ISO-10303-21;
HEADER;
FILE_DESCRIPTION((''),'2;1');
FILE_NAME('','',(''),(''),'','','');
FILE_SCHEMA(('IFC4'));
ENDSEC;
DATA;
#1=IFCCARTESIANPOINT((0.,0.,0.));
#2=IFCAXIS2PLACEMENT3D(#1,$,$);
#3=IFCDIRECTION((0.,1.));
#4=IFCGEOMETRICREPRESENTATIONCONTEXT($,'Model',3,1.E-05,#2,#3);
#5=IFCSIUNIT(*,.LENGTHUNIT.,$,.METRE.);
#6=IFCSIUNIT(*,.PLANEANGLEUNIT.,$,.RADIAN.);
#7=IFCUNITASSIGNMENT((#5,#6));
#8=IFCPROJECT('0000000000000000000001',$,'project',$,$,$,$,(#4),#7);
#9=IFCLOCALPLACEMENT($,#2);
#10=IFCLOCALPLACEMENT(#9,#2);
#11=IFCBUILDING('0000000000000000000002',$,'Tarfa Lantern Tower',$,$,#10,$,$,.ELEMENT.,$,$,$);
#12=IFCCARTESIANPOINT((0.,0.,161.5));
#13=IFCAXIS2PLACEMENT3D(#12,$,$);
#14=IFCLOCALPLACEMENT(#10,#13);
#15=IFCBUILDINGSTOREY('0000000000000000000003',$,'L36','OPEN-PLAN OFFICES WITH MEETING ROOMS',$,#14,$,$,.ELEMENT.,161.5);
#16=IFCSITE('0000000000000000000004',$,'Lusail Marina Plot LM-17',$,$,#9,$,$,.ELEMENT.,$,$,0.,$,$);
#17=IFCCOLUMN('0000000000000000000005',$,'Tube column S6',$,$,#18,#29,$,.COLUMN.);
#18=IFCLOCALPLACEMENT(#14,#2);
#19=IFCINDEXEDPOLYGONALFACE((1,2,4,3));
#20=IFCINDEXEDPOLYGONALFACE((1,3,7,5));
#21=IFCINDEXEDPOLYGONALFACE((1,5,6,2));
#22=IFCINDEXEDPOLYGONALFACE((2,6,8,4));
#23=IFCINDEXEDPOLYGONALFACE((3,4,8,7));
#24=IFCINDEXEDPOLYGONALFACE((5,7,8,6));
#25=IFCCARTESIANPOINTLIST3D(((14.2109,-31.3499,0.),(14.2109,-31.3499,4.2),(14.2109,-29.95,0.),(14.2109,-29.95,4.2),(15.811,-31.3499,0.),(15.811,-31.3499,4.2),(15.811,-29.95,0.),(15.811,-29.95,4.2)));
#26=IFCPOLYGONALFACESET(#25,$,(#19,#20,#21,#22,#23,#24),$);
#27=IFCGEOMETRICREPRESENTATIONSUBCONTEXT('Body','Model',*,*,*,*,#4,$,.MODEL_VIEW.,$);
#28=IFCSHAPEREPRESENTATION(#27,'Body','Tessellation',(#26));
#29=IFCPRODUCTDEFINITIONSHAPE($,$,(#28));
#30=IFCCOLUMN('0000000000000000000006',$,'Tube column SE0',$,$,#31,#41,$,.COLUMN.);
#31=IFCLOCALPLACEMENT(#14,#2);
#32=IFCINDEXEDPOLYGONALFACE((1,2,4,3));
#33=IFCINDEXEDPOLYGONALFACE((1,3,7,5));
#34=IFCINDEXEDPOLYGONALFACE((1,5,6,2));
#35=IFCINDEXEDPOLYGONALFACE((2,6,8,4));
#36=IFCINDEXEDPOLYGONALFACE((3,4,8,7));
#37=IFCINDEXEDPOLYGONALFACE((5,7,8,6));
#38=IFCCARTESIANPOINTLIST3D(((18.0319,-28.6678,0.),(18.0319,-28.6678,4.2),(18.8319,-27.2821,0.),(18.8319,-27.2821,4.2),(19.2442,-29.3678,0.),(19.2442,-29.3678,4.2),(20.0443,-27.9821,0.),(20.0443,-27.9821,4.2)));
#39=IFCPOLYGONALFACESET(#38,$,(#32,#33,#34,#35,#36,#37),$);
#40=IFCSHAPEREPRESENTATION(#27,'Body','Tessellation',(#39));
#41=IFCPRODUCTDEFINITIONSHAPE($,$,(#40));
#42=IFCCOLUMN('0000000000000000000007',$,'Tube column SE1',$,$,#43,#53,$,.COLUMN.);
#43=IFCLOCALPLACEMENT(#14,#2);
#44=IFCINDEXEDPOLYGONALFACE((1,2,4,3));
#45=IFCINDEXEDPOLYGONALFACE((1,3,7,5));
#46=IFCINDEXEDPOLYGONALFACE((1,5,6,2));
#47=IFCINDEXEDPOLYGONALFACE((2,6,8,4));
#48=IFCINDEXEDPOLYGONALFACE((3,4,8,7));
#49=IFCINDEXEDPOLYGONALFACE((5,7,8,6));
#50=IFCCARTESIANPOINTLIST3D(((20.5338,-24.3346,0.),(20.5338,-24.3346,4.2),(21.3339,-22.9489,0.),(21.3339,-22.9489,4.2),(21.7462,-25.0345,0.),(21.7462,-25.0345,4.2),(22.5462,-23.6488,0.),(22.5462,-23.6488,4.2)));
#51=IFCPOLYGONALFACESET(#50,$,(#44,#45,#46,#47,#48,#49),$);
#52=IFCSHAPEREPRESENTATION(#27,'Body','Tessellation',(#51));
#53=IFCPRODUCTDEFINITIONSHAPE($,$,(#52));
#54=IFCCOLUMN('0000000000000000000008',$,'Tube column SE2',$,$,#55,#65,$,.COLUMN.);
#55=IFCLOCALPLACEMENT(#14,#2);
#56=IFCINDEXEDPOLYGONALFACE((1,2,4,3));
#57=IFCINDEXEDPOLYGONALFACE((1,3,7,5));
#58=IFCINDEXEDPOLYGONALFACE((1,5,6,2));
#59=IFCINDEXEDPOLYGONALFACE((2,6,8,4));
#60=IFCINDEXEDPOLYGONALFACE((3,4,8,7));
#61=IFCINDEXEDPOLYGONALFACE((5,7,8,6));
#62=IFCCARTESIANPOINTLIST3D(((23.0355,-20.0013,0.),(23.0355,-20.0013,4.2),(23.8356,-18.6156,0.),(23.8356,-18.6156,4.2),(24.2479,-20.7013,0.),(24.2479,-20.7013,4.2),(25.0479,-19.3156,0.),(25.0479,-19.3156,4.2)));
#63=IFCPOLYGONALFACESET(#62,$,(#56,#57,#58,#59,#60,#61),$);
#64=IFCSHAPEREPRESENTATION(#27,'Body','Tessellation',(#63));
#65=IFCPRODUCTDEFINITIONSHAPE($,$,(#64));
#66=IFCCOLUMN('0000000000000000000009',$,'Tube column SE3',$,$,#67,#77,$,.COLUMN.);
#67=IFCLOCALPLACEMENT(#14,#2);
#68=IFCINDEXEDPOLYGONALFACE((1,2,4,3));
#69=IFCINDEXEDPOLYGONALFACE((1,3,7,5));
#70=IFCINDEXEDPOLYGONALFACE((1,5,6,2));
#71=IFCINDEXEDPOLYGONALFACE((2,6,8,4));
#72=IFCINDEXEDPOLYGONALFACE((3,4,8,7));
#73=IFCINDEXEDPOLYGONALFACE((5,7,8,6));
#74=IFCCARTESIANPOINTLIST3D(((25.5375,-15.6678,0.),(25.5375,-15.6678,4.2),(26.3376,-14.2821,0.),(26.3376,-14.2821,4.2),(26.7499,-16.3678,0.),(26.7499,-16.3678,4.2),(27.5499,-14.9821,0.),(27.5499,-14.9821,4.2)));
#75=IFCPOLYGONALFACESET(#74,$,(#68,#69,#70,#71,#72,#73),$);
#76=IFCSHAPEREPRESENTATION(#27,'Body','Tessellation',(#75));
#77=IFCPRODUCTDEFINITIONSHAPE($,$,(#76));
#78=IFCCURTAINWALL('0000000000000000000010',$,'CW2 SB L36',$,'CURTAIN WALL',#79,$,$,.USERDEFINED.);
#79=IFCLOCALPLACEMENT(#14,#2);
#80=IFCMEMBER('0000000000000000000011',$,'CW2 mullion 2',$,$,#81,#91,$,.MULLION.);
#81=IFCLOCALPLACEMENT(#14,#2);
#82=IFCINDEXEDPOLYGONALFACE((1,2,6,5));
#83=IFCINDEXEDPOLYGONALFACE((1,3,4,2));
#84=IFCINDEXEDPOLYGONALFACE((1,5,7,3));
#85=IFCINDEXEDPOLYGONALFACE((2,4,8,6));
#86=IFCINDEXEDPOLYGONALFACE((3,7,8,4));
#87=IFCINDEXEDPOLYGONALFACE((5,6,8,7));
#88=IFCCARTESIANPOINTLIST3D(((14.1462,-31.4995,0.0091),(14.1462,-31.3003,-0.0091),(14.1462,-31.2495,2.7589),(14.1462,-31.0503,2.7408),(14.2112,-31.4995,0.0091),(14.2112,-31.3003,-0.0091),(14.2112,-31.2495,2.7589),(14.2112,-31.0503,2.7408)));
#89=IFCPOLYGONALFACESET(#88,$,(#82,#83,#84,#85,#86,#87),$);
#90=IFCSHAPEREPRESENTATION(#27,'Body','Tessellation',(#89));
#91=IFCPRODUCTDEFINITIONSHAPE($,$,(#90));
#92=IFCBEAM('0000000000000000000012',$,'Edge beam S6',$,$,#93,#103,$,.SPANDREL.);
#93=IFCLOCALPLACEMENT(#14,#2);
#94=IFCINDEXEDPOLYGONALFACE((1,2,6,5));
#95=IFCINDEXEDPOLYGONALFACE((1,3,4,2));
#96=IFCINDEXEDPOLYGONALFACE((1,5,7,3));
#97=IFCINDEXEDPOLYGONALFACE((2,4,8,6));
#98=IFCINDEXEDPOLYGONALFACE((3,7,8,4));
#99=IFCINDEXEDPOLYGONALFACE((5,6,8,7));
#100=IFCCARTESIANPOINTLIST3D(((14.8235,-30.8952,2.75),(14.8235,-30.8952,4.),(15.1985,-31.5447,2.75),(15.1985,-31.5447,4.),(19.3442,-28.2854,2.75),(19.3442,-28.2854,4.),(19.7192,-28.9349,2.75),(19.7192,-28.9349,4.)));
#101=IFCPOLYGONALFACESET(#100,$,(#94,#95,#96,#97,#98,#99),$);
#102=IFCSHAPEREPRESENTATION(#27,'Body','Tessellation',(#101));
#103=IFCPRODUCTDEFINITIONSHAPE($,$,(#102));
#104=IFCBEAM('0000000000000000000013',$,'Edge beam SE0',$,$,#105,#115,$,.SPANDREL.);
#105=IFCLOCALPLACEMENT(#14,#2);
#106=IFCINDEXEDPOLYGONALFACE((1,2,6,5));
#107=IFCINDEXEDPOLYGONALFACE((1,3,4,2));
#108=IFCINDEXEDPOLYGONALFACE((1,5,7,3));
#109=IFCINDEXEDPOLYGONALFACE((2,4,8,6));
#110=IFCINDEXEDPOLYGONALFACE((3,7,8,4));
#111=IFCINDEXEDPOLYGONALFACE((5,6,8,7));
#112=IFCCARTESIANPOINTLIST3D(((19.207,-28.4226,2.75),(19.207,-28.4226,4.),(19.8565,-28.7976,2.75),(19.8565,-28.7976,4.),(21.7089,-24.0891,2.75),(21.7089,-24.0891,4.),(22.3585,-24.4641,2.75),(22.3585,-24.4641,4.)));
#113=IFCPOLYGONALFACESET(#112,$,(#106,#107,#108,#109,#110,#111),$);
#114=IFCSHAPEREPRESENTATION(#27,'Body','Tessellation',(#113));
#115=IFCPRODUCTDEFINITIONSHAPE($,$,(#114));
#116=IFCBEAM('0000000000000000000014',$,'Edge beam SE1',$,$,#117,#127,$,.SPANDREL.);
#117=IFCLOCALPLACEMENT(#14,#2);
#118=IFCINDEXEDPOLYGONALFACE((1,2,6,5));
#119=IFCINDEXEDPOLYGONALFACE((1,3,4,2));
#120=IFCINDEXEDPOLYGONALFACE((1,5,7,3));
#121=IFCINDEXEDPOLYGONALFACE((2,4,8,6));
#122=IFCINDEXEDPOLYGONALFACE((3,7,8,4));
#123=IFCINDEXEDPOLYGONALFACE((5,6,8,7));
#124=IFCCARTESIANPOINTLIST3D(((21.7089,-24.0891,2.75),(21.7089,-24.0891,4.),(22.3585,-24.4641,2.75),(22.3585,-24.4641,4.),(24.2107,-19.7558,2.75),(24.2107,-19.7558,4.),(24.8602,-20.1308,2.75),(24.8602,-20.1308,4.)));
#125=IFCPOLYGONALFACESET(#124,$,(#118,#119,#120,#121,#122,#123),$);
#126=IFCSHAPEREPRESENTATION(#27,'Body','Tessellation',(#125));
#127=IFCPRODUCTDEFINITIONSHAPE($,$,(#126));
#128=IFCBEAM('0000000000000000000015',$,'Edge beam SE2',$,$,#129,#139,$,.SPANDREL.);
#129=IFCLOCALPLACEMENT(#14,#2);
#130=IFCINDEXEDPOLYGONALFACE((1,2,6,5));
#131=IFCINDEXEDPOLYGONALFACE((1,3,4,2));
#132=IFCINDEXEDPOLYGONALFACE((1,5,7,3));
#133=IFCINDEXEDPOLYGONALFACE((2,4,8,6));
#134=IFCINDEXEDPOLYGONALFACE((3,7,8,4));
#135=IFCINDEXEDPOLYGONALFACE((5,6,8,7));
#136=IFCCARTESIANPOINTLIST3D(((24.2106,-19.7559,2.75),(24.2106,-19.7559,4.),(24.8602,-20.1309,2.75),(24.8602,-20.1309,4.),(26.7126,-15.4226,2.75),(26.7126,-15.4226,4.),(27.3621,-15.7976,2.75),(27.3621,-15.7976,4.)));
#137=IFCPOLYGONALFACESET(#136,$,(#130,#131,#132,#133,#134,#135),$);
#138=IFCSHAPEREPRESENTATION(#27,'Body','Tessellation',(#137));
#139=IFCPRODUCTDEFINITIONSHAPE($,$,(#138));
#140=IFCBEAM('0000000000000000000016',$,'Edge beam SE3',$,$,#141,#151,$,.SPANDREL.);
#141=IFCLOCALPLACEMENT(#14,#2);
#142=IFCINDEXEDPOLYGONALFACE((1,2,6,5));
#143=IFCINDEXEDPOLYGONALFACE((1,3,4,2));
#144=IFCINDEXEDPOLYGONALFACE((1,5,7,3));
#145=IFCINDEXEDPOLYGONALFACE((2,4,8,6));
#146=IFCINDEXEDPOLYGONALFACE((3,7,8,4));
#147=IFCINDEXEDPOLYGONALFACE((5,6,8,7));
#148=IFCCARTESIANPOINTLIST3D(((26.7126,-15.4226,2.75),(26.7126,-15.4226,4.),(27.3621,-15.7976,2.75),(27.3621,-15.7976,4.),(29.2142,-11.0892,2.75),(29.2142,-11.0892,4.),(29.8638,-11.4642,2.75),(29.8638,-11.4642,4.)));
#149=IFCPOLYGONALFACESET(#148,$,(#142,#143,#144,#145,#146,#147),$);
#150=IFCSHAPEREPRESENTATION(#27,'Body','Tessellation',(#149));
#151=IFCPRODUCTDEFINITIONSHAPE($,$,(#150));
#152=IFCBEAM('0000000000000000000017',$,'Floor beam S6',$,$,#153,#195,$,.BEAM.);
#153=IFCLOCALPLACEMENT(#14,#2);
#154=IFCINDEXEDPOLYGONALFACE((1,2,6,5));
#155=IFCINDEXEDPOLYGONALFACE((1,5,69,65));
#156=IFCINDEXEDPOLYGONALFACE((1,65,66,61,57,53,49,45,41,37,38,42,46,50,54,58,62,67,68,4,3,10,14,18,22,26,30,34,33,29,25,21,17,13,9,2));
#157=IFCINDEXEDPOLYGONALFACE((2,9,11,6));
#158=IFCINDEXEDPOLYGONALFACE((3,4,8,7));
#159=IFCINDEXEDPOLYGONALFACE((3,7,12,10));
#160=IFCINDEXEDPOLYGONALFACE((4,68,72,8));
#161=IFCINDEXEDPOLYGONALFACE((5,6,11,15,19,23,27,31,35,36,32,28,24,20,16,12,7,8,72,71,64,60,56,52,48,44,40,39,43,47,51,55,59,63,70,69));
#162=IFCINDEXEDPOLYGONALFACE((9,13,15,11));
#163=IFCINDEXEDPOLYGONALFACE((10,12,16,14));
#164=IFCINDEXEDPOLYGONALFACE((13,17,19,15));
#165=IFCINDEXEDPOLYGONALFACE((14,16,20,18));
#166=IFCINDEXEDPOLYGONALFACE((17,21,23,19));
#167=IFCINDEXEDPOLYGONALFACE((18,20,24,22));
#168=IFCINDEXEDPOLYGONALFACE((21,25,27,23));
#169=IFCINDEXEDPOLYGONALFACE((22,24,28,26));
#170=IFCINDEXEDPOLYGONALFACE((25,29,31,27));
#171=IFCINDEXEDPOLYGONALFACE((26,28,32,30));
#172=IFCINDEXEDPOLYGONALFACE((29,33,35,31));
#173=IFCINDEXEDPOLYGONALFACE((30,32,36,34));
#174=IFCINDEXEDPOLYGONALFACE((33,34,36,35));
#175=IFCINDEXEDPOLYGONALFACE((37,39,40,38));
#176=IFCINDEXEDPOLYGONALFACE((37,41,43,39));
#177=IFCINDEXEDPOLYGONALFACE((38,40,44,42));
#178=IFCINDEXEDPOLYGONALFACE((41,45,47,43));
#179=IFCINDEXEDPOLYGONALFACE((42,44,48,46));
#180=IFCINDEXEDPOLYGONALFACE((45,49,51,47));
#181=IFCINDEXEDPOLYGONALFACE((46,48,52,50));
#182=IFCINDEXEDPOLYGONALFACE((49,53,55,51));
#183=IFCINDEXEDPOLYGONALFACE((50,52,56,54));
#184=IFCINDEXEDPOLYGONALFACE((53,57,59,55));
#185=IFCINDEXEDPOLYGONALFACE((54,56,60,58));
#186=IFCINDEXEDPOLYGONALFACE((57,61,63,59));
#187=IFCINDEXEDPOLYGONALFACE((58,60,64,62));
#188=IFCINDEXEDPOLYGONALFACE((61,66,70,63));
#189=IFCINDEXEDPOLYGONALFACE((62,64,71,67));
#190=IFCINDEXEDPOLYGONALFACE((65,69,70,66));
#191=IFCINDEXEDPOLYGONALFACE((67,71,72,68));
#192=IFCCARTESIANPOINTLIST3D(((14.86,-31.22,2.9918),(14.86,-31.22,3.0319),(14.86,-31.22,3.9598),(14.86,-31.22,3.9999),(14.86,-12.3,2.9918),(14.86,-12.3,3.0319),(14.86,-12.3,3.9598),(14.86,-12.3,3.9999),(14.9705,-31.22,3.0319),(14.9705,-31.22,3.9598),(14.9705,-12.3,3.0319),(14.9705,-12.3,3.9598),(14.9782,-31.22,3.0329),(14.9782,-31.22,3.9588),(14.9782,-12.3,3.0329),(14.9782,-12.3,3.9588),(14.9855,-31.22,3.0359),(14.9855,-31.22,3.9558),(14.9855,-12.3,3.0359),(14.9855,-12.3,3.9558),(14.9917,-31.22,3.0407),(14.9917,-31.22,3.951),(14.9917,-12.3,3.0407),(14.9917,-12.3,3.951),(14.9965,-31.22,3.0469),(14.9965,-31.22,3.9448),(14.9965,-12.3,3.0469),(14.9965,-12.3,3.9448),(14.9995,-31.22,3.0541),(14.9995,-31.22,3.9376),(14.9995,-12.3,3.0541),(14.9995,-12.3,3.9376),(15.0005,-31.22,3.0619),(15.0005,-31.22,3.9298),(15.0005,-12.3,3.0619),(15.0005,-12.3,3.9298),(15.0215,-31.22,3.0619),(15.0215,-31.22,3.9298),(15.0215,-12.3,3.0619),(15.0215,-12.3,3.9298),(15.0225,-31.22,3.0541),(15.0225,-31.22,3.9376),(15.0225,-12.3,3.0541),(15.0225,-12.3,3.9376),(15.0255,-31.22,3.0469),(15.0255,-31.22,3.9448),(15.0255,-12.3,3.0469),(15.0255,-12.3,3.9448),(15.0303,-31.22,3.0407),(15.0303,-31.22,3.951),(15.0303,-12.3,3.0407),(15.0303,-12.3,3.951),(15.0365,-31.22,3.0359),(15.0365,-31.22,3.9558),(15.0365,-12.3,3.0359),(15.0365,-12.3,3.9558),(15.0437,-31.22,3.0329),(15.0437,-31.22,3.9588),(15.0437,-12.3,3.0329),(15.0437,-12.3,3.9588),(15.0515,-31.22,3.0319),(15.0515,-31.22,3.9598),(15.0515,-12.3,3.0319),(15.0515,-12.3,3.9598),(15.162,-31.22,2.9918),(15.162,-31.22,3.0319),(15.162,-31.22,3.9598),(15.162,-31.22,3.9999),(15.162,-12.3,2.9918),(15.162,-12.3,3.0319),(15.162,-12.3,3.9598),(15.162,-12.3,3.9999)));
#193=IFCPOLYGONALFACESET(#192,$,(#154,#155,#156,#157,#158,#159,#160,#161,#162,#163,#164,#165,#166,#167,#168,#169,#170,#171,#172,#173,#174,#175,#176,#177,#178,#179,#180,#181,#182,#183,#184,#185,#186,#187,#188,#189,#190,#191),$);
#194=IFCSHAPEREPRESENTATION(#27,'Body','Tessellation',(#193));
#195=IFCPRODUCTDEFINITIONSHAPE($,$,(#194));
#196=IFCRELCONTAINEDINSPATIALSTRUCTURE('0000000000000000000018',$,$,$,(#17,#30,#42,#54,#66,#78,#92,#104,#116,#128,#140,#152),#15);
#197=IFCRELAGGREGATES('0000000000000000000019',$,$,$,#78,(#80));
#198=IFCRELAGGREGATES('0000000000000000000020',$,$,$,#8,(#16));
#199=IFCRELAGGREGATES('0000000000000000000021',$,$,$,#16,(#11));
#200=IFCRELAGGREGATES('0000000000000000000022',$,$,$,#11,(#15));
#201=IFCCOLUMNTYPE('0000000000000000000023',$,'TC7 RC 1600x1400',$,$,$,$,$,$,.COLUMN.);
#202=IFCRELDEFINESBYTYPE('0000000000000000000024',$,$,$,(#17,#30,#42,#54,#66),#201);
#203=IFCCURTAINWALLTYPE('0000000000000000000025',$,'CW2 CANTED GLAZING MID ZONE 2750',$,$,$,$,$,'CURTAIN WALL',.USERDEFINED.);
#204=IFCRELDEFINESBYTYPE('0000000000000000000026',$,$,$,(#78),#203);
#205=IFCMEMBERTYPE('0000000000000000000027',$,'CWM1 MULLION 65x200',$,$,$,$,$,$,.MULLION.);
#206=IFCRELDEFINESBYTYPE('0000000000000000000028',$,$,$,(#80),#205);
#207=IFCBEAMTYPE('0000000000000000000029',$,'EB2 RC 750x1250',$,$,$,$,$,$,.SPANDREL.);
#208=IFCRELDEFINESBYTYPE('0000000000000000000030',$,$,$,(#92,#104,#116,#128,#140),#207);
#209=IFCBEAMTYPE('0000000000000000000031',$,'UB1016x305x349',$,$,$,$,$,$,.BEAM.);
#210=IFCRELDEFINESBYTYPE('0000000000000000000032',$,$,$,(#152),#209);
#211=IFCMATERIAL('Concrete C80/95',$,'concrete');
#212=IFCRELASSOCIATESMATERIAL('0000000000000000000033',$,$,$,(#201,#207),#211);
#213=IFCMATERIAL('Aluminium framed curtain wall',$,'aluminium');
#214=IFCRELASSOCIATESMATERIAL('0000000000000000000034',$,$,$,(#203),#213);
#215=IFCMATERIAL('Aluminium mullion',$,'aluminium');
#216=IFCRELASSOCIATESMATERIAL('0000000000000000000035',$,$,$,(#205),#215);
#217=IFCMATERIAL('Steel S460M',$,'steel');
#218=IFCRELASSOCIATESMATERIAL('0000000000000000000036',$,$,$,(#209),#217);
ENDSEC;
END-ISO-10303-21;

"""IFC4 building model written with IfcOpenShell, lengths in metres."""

from ifc_helpers import new_model, si_unit, direction, frame, origin, origin_2d, place, context, subcontext, project, spatial, rectangle, i_section, extrude, material, material_profile, profile_set, type_object, element, aggregate, save


model = new_model("IFC4")

# Units and contexts
model_context = context("Model", 3, precision=1e-05, world=origin(), true_north=direction((0.0, 1.0)))
body_context = subcontext(model_context, "Body", "Model", "MODEL_VIEW")
ifc_project = project(units=[si_unit("LENGTHUNIT", "METRE"), si_unit("PLANEANGLEUNIT", "RADIAN")], contexts=[model_context])

# Site, building, storey
site_placement = place(None, origin())
site = spatial("IfcSite", under=ifc_project, at=site_placement, Name="Lusail Marina Plot LM-17", CompositionType="ELEMENT", RefElevation=0.0)
building_placement = place(site_placement, origin())
building = spatial("IfcBuilding", under=site, at=building_placement, Name="Tarfa Lantern Tower", CompositionType="ELEMENT")
storey_placement = place(building_placement, frame((0.0, 0.0, 161.5)))
storey = spatial("IfcBuildingStorey", under=building, at=storey_placement, Name="L36", Description="OPEN-PLAN OFFICES WITH MEETING ROOMS", CompositionType="ELEMENT", Elevation=161.5)

# Columns
ifc_material_1 = material(Name="Concrete C80/95", Category="concrete")
ifc_material_profile_1 = material_profile(ifc_material_1, rectangle(XDim=1.6001, YDim=1.3999, at=origin_2d()), Name="RC 1600x1400")
ifc_profile_set_1 = profile_set([ifc_material_profile_1], Name="Concrete C80/95")
column_type = type_object("IfcColumnType", Name="TC7 RC 1600x1400", PredefinedType="COLUMN", material=ifc_profile_set_1)
for number, where, z_axis, x_axis, name in (
    (1, (15.011, -30.6499, 0.0), (0.0, 0.0, 1.0), (1.0, 0.0, 0.0), "Tube column S6"),
    (2, (19.0381, -28.325, 0.0), (0.0, 0.0, 1.0), (0.5, 0.866025, 0.0), "Tube column SE0"),
    (3, (21.54, -23.9917, 0.0), (0.0, 0.0, 1.0), (0.5, 0.866025, 0.0), "Tube column SE1"),
    (4, (24.0417, -19.6584, 0.0), (0.0, 0.0, 1.0), (0.5, 0.866025, 0.0), "Tube column SE2"),
    (5, (26.5437, -15.325, 0.0), (0.0, 0.0, 1.0), (0.5, 0.866025, 0.0), "Tube column SE3"),
):
    element("IfcColumn", number, at=place(storey_placement, frame(where, z_axis=z_axis, x_axis=x_axis)), inside=storey, type_object=column_type, Name=name, PredefinedType="COLUMN", context=body_context, shape_type="SweptSolid", body=[
        extrude(rectangle(XDim=1.6001, YDim=1.3999, at=origin_2d()), origin(), (0.0, 0.0, 1.0), 4.2),
    ])

# Curtain wall, member
ifc_material_2 = material(Name="Aluminium framed curtain wall", Category="aluminium")
curtain_wall_type = type_object("IfcCurtainWallType", Name="CW2 CANTED GLAZING MID ZONE 2750", ElementType="CURTAIN WALL", PredefinedType="USERDEFINED", material=ifc_material_2)
curtain_wall_placement = place(storey_placement, origin())
curtain_wall = element("IfcCurtainWall", 6, at=curtain_wall_placement, inside=storey, type_object=curtain_wall_type, Name="CW2 SB L36", ObjectType="CURTAIN WALL", PredefinedType="USERDEFINED")
ifc_material_3 = material(Name="Aluminium mullion", Category="aluminium")
ifc_material_profile_2 = material_profile(ifc_material_3, rectangle(XDim=0.0649, YDim=0.2, at=origin_2d()), Name="AL MULLION 65x200")
ifc_profile_set_2 = profile_set([ifc_material_profile_2], Name="Aluminium mullion")
member_type = type_object("IfcMemberType", Name="CWM1 MULLION 65x200", PredefinedType="MULLION", material=ifc_profile_set_2)
member_placement = place(storey_placement, frame((14.1787, -31.3999, 0.0), z_axis=(0.0, 0.090536, 0.995893), x_axis=(-1.0, 0.0, 0.0)))
member = element("IfcMember", 7, at=member_placement, type_object=member_type, Name="CW2 mullion 2", PredefinedType="MULLION", context=body_context, shape_type="SweptSolid", body=[
    extrude(rectangle(XDim=0.0649, YDim=0.2, at=origin_2d()), origin(), (0.0, 0.0, 1.0), 2.7612),
])
aggregate(curtain_wall, [member])

# Beams
ifc_material_profile_3 = material_profile(ifc_material_1, rectangle(XDim=0.75, YDim=1.25, at=origin_2d()), Name="RC 750x1250")
ifc_profile_set_3 = profile_set([ifc_material_profile_3], Name="Concrete C80/95")
beam_type_1 = type_object("IfcBeamType", Name="EB2 RC 750x1250", PredefinedType="SPANDREL", material=ifc_profile_set_3)
beam_1_placement = place(storey_placement, frame((15.011, -31.22, 3.375), z_axis=(0.866042, 0.499972, 0.0), x_axis=(-0.499972, 0.866042, 0.0)))
element("IfcBeam", 8, at=beam_1_placement, inside=storey, type_object=beam_type_1, Name="Edge beam S6", PredefinedType="SPANDREL", context=body_context, shape_type="SweptSolid", body=[
    extrude(rectangle(XDim=0.75, YDim=1.25, at=origin_2d()), origin(), (0.0, 0.0, 1.0), 5.22),
])
beam_2_placement = place(storey_placement, frame((19.5317, -28.6101, 3.375), z_axis=(0.500001, 0.866025, 0.0), x_axis=(-0.866025, 0.500001, 0.0)))
element("IfcBeam", 9, at=beam_2_placement, inside=storey, type_object=beam_type_1, Name="Edge beam SE0", PredefinedType="SPANDREL", context=body_context, shape_type="SweptSolid", body=[
    extrude(rectangle(XDim=0.75, YDim=1.25, at=origin_2d()), origin(), (0.0, 0.0, 1.0), 5.0039),
])
for number, where, z_axis, x_axis, name in (
    (10, (22.0337, -24.2766, 3.375), (0.499986, 0.866034, 0.0), (-0.866034, 0.499986, 0.0), "Edge beam SE1"),
    (11, (24.5354, -19.9434, 3.375), (0.500022, 0.866013, 0.0), (-0.866013, 0.500022, 0.0), "Edge beam SE2"),
    (12, (27.0374, -15.6101, 3.375), (0.499965, 0.866046, 0.0), (-0.866046, 0.499965, 0.0), "Edge beam SE3"),
):
    element("IfcBeam", number, at=place(storey_placement, frame(where, z_axis=z_axis, x_axis=x_axis)), inside=storey, type_object=beam_type_1, Name=name, PredefinedType="SPANDREL", context=body_context, shape_type="SweptSolid", body=[
        extrude(rectangle(XDim=0.75, YDim=1.25, at=origin_2d()), origin(), (0.0, 0.0, 1.0), 5.0037),
    ])
ifc_material_4 = material(Name="Steel S460M", Category="steel")
ifc_material_profile_4 = material_profile(ifc_material_4, i_section(OverallWidth=0.302, OverallDepth=1.0081, WebThickness=0.021, FlangeThickness=0.04, FilletRadius=0.03, at=origin_2d()), Name="UB1016x305x349")
ifc_profile_set_4 = profile_set([ifc_material_profile_4], Name="Steel S460M")
beam_type_2 = type_object("IfcBeamType", Name="UB1016x305x349", PredefinedType="BEAM", material=ifc_profile_set_4)
beam_3_placement = place(storey_placement, frame((15.011, -31.22, 3.4958), z_axis=(0.0, 1.0, 0.0), x_axis=(-1.0, 0.0, 0.0)))
element("IfcBeam", 13, at=beam_3_placement, inside=storey, type_object=beam_type_2, Name="Floor beam S6", PredefinedType="BEAM", context=body_context, shape_type="SweptSolid", body=[
    extrude(i_section(OverallWidth=0.302, OverallDepth=1.0081, WebThickness=0.021, FlangeThickness=0.04, FilletRadius=0.03, at=origin_2d()), origin(), (0.0, 0.0, 1.0), 18.9199),
])

save(model, "model.ifc")
